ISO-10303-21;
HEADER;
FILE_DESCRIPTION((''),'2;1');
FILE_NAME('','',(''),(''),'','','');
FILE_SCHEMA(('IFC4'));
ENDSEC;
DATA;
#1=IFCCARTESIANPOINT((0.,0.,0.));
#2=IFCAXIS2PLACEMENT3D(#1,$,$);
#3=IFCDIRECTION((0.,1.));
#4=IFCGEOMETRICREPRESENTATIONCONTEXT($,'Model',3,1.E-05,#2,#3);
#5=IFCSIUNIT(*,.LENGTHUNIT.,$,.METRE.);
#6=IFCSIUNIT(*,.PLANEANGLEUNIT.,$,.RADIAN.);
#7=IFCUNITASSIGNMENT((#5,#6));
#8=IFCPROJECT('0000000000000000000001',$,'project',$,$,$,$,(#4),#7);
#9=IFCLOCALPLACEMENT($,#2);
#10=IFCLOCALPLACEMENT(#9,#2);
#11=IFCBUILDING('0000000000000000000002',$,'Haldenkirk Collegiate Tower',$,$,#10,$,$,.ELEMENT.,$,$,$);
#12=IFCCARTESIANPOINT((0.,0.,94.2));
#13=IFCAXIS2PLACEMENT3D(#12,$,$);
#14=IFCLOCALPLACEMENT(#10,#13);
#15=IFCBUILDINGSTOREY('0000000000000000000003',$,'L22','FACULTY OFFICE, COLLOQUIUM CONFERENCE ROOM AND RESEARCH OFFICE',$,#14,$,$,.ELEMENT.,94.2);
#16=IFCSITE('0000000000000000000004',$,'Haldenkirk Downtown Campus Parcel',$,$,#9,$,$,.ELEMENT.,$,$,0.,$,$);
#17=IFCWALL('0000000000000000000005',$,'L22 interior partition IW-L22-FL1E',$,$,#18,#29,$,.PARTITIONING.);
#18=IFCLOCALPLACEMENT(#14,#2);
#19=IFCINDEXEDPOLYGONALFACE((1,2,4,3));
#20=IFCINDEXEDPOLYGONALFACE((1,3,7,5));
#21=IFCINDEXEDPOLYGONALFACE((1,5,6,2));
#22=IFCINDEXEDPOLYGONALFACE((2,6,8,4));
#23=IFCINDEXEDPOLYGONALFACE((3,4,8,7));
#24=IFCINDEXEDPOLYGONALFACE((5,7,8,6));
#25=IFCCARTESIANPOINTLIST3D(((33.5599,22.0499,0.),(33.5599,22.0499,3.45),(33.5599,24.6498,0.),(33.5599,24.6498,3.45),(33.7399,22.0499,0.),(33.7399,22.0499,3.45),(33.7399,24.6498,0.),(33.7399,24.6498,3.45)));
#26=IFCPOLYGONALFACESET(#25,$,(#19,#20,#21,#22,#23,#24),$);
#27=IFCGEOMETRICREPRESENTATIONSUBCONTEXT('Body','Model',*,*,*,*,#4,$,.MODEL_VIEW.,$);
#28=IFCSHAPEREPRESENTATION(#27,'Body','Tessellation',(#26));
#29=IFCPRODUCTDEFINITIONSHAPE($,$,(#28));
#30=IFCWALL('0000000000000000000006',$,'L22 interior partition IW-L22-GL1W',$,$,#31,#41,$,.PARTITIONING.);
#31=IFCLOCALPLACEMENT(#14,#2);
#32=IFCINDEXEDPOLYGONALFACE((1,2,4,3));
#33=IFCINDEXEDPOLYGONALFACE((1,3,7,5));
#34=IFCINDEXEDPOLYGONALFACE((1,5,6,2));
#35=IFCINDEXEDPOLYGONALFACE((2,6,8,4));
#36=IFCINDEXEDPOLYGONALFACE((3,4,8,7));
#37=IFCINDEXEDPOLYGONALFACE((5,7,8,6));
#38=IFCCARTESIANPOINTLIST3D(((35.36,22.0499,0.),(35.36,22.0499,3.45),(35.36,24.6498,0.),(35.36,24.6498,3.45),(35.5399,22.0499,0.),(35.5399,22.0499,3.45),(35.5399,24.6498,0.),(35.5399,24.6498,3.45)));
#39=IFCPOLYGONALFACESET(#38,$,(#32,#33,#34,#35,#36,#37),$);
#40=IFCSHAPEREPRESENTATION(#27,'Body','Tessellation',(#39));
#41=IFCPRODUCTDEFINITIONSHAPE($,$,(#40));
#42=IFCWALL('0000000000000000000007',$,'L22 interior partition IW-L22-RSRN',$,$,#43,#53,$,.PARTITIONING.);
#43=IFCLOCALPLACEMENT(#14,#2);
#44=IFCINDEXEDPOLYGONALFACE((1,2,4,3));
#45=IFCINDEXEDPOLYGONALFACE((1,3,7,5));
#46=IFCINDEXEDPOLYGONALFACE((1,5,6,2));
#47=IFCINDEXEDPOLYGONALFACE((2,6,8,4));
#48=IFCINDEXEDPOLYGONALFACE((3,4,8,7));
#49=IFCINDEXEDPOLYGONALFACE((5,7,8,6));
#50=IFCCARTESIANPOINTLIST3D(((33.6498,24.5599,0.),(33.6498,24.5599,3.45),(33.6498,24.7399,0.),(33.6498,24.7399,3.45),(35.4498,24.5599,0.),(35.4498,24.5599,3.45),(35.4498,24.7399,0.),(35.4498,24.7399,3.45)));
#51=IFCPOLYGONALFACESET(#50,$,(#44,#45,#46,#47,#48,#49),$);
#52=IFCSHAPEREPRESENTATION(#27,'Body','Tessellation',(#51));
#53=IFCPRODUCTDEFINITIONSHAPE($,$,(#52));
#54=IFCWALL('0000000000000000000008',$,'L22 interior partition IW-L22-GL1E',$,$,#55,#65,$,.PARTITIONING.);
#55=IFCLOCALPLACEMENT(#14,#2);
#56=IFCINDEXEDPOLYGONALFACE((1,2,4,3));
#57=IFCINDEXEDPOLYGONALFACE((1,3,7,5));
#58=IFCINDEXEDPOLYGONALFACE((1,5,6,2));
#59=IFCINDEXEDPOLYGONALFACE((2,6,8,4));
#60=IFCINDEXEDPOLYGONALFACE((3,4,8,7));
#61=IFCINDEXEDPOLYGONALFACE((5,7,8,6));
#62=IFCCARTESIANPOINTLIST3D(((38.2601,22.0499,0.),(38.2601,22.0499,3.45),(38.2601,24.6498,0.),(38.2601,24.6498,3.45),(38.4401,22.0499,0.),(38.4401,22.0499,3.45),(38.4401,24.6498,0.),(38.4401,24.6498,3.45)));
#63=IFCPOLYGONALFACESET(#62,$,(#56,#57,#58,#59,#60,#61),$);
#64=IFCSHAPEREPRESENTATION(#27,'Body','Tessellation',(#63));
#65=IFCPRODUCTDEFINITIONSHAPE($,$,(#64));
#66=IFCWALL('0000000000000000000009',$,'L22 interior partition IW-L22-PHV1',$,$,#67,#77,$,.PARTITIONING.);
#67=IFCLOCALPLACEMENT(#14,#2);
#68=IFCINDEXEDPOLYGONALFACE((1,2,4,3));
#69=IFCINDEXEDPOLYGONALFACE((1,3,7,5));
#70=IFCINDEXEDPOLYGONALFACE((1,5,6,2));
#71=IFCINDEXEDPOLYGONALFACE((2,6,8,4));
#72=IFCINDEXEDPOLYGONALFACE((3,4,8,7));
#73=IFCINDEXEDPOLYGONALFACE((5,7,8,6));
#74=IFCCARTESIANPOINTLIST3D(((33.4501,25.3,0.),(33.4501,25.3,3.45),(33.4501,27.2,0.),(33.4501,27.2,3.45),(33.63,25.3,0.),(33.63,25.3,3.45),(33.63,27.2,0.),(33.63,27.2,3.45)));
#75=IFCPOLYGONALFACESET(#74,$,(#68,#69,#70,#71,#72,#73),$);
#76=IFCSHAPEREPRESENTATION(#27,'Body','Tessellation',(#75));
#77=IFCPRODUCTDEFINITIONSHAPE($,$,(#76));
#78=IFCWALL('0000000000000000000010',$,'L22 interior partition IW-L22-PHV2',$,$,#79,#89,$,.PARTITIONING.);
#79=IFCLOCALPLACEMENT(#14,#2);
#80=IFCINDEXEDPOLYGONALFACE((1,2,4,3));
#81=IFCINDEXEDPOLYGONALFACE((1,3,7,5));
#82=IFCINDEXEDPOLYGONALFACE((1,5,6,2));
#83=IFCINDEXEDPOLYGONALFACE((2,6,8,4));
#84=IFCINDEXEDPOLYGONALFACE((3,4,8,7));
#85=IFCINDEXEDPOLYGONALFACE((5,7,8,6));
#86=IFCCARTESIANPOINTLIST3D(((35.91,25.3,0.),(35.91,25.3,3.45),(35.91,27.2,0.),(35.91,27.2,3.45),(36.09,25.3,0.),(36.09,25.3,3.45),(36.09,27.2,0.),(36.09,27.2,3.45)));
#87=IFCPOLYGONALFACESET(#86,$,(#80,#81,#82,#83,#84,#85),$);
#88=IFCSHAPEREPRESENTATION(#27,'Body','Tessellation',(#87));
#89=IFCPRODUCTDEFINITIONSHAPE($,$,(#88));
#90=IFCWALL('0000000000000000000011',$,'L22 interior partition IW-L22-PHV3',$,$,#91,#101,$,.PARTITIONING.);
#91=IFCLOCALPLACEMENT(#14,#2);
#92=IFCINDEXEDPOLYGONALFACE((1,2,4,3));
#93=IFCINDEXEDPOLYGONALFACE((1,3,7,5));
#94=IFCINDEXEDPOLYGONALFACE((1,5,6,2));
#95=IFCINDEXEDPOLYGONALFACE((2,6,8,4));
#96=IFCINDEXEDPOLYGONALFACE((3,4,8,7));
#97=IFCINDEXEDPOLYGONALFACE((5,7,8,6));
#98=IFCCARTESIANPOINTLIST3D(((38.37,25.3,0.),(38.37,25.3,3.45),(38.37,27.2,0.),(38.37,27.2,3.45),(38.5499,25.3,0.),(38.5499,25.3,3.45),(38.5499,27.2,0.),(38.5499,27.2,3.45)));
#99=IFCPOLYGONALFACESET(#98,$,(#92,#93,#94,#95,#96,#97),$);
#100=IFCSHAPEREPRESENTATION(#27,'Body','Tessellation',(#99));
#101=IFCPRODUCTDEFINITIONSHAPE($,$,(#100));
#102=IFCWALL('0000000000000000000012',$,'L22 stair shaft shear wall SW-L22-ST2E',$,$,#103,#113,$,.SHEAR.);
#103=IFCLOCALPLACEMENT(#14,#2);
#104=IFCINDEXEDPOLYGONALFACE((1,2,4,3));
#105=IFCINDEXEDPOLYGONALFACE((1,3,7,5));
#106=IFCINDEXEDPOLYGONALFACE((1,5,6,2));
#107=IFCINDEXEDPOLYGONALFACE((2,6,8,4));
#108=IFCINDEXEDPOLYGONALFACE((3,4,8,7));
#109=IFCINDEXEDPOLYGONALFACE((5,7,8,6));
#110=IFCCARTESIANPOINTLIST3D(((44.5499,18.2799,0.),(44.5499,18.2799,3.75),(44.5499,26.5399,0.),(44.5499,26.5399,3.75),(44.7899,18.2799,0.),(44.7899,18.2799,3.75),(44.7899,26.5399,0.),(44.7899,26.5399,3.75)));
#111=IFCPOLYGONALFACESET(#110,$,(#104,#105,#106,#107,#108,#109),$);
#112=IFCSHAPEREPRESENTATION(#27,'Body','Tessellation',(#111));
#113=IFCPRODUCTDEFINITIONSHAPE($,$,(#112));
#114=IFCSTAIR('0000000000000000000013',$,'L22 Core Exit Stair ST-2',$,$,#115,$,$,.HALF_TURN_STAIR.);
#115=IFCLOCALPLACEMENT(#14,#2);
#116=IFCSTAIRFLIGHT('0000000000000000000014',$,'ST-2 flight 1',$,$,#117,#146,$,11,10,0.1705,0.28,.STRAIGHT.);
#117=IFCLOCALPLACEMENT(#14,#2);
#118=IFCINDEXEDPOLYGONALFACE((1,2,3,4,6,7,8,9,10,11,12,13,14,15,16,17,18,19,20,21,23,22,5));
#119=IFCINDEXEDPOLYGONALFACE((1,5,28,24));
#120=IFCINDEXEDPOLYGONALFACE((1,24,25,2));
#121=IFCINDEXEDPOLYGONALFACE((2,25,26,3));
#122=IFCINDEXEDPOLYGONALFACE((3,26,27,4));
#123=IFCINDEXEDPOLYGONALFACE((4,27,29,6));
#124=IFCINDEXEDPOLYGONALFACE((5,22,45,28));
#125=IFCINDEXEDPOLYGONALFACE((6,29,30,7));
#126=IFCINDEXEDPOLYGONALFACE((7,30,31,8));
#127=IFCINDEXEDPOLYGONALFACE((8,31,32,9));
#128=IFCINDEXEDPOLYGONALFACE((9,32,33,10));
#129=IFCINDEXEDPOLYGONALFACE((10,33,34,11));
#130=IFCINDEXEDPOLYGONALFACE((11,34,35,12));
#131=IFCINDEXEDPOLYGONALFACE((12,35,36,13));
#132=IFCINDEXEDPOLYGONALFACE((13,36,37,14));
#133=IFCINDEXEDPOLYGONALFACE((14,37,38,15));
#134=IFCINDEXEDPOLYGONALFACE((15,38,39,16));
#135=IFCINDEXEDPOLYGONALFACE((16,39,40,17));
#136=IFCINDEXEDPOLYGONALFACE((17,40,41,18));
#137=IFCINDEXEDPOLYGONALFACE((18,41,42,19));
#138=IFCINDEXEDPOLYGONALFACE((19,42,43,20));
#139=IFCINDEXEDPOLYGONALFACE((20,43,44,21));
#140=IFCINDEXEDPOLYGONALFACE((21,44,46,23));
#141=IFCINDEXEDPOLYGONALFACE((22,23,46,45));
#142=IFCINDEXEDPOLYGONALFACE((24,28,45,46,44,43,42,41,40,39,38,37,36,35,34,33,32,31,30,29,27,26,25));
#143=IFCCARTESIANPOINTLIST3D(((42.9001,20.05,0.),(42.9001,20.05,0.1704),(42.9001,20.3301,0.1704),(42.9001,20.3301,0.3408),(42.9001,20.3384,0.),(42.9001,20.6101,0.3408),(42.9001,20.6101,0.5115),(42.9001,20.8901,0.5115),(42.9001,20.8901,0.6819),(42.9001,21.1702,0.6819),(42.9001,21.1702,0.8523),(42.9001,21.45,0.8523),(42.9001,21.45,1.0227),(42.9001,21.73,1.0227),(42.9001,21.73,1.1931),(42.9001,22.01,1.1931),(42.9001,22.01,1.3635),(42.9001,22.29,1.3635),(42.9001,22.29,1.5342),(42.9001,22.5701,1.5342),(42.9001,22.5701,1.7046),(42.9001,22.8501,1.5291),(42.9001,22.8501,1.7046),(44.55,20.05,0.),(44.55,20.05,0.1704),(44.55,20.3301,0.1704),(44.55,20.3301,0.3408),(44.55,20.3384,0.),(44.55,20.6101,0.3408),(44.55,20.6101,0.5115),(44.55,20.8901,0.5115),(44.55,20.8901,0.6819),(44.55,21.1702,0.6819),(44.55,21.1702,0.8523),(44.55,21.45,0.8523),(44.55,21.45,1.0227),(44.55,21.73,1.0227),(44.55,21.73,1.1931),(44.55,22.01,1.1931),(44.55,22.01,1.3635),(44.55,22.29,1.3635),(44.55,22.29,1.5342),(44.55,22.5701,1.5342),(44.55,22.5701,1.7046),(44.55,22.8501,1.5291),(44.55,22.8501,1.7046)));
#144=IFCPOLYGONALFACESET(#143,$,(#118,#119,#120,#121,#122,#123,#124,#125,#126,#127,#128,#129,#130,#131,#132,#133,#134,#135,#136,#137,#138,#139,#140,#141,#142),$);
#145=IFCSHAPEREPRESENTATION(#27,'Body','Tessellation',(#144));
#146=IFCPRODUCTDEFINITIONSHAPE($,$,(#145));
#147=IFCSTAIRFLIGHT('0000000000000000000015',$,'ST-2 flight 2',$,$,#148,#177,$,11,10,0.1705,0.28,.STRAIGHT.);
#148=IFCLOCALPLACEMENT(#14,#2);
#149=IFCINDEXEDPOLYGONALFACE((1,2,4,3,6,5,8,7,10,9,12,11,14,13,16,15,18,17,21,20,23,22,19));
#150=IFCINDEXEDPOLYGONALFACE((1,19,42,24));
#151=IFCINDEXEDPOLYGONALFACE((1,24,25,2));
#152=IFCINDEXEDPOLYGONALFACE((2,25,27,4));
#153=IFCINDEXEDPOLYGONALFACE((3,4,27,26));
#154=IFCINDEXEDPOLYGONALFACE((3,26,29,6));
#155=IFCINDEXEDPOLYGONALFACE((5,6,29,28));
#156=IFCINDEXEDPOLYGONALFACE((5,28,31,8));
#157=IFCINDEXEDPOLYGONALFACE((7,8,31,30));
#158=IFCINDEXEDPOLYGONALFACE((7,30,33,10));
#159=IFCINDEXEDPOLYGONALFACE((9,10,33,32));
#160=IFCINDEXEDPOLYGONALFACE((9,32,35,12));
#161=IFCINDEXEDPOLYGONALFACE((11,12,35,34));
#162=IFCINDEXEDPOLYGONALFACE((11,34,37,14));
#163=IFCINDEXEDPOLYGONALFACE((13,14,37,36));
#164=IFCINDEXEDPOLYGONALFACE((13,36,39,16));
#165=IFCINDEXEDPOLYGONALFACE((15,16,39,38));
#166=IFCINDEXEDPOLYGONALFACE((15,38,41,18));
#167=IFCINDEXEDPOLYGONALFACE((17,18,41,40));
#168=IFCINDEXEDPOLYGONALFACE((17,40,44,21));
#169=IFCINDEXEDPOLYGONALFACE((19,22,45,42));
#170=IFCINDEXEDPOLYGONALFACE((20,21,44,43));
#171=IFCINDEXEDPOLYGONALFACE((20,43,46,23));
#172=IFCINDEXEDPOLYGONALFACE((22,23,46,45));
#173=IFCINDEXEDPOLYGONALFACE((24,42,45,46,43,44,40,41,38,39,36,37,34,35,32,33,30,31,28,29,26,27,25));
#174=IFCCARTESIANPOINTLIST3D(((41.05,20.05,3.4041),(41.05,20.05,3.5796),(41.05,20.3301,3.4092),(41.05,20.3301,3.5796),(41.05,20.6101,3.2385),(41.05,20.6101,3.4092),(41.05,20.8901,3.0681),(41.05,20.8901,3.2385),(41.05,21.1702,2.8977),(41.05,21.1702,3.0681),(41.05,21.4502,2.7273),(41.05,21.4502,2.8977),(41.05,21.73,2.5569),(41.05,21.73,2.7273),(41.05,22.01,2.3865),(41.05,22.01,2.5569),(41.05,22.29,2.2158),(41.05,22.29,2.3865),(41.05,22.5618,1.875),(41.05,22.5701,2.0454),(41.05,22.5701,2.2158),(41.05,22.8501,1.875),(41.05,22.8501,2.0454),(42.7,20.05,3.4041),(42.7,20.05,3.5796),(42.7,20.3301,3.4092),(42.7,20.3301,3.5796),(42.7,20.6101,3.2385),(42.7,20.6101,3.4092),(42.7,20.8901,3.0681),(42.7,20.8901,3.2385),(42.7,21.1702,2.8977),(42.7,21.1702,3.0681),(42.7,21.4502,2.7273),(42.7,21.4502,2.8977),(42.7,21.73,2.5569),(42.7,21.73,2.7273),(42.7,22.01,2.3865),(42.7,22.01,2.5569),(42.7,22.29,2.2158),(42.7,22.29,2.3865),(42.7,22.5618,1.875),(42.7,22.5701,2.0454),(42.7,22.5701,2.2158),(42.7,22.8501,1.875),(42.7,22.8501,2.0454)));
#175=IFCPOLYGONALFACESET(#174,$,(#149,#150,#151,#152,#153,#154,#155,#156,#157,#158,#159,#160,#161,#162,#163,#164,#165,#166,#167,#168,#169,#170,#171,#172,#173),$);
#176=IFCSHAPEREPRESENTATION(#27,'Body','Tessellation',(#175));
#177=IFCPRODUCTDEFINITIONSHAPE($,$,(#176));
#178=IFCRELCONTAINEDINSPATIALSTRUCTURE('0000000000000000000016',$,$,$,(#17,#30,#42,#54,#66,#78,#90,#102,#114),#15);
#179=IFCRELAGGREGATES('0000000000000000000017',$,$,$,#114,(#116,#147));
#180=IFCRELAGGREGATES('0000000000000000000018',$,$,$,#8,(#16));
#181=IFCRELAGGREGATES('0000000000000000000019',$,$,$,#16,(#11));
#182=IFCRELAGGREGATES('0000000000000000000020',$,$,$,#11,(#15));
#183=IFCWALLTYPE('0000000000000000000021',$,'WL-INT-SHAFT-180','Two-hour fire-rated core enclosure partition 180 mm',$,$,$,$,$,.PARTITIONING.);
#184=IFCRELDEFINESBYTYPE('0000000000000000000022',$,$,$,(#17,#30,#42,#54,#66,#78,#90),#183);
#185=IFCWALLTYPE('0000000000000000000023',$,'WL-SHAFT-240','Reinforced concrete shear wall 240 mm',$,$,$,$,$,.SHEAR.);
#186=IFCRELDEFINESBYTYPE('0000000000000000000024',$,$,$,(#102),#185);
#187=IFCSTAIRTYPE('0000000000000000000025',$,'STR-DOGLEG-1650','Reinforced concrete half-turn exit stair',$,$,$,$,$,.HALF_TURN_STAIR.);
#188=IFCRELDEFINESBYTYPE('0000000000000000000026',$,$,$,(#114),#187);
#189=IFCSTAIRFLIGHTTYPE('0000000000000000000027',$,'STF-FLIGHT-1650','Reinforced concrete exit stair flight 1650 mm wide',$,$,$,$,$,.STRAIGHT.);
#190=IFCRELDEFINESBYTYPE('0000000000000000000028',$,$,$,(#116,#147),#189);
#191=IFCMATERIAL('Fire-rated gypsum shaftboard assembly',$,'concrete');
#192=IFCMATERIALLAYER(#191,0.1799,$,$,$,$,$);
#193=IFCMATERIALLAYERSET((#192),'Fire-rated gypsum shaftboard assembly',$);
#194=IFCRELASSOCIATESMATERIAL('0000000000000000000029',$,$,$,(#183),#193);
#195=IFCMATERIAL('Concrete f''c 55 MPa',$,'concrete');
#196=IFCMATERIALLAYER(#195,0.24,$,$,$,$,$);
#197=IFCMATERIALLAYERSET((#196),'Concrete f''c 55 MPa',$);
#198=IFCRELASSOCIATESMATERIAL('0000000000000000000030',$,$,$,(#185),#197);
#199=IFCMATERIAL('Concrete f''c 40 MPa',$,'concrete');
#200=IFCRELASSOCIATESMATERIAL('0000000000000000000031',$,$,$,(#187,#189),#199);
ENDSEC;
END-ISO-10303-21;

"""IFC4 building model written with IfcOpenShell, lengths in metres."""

from ifc_helpers import new_model, si_unit, direction, frame, frame_2d, origin, place, context, subcontext, project, spatial, polyline, rectangle, outline, extrude, material, layer, layer_set, type_object, element, aggregate, save


model = new_model("IFC4")

# Units and contexts
model_context = context("Model", 3, precision=1e-05, world=origin(), true_north=direction((0.0, 1.0)))
body_context = subcontext(model_context, "Body", "Model", "MODEL_VIEW")
ifc_project = project(units=[si_unit("LENGTHUNIT", "METRE"), si_unit("PLANEANGLEUNIT", "RADIAN")], contexts=[model_context])

# Site, building, storey
site_placement = place(None, origin())
site = spatial("IfcSite", under=ifc_project, at=site_placement, Name="Haldenkirk Downtown Campus Parcel", CompositionType="ELEMENT", RefElevation=0.0)
building_placement = place(site_placement, origin())
building = spatial("IfcBuilding", under=site, at=building_placement, Name="Haldenkirk Collegiate Tower", CompositionType="ELEMENT")
storey_placement = place(building_placement, frame((0.0, 0.0, 94.2)))
storey = spatial("IfcBuildingStorey", under=building, at=storey_placement, Name="L22", Description="FACULTY OFFICE, COLLOQUIUM CONFERENCE ROOM AND RESEARCH OFFICE", CompositionType="ELEMENT", Elevation=94.2)

# Walls
ifc_material_1 = material(Name="Fire-rated gypsum shaftboard assembly", Category="concrete")
ifc_layer_1 = layer(ifc_material_1, 0.1799)
ifc_layer_set_1 = layer_set([ifc_layer_1], Name="Fire-rated gypsum shaftboard assembly")
wall_type_1 = type_object("IfcWallType", Name="WL-INT-SHAFT-180", Description="Two-hour fire-rated core enclosure partition 180 mm", PredefinedType="PARTITIONING", material=ifc_layer_set_1)
for number, where, z_axis, x_axis, name in (
    (1, (33.6499, 22.05, 0.0), (0.0, 0.0, 1.0), (0.0, 1.0, 0.0), "L22 interior partition IW-L22-FL1E"),
    (2, (35.45, 22.05, 0.0), (0.0, 0.0, 1.0), (0.0, 1.0, 0.0), "L22 interior partition IW-L22-GL1W"),
):
    element("IfcWall", number, at=place(storey_placement, frame(where, z_axis=z_axis, x_axis=x_axis)), inside=storey, type_object=wall_type_1, Name=name, PredefinedType="PARTITIONING", context=body_context, shape_type="SweptSolid", body=[
        extrude(rectangle(XDim=2.5999, YDim=0.1799, at=frame_2d((1.2998, 0.0))), origin(), (0.0, 0.0, 1.0), 3.45),
    ])
wall_1_placement = place(storey_placement, frame((33.6499, 24.6499, 0.0), z_axis=(0.0, 0.0, 1.0), x_axis=(1.0, 0.0, 0.0)))
element("IfcWall", 3, at=wall_1_placement, inside=storey, type_object=wall_type_1, Name="L22 interior partition IW-L22-RSRN", PredefinedType="PARTITIONING", context=body_context, shape_type="SweptSolid", body=[
    extrude(rectangle(XDim=1.8, YDim=0.1799, at=frame_2d((0.8999, 0.0))), origin(), (0.0, 0.0, 1.0), 3.45),
])
wall_2_placement = place(storey_placement, frame((38.3501, 22.05, 0.0), z_axis=(0.0, 0.0, 1.0), x_axis=(0.0, 1.0, 0.0)))
element("IfcWall", 4, at=wall_2_placement, inside=storey, type_object=wall_type_1, Name="L22 interior partition IW-L22-GL1E", PredefinedType="PARTITIONING", context=body_context, shape_type="SweptSolid", body=[
    extrude(rectangle(XDim=2.5999, YDim=0.1799, at=frame_2d((1.2998, 0.0))), origin(), (0.0, 0.0, 1.0), 3.45),
])
for number, where, z_axis, x_axis, name in (
    (5, (33.54, 25.3, 0.0), (0.0, 0.0, 1.0), (0.0, 1.0, 0.0), "L22 interior partition IW-L22-PHV1"),
    (6, (36.0, 25.3, 0.0), (0.0, 0.0, 1.0), (0.0, 1.0, 0.0), "L22 interior partition IW-L22-PHV2"),
    (7, (38.46, 25.3, 0.0), (0.0, 0.0, 1.0), (0.0, 1.0, 0.0), "L22 interior partition IW-L22-PHV3"),
):
    element("IfcWall", number, at=place(storey_placement, frame(where, z_axis=z_axis, x_axis=x_axis)), inside=storey, type_object=wall_type_1, Name=name, PredefinedType="PARTITIONING", context=body_context, shape_type="SweptSolid", body=[
        extrude(rectangle(XDim=1.8999, YDim=0.1799, at=frame_2d((0.95, 0.0))), origin(), (0.0, 0.0, 1.0), 3.45),
    ])

# Wall
ifc_material_2 = material(Name="Concrete f'c 55 MPa", Category="concrete")
ifc_layer_2 = layer(ifc_material_2, 0.24)
ifc_layer_set_2 = layer_set([ifc_layer_2], Name="Concrete f'c 55 MPa")
wall_type_2 = type_object("IfcWallType", Name="WL-SHAFT-240", Description="Reinforced concrete shear wall 240 mm", PredefinedType="SHEAR", material=ifc_layer_set_2)
wall_3_placement = place(storey_placement, frame((44.6699, 18.28, 0.0), z_axis=(0.0, 0.0, 1.0), x_axis=(0.0, 1.0, 0.0)))
element("IfcWall", 8, at=wall_3_placement, inside=storey, type_object=wall_type_2, Name="L22 stair shaft shear wall SW-L22-ST2E", PredefinedType="SHEAR", context=body_context, shape_type="SweptSolid", body=[
    extrude(rectangle(XDim=8.26, YDim=0.24, at=frame_2d((4.1299, 0.0))), origin(), (0.0, 0.0, 1.0), 3.75),
])

# Stair, stair flights
ifc_material_3 = material(Name="Concrete f'c 40 MPa", Category="concrete")
stair_type = type_object("IfcStairType", Name="STR-DOGLEG-1650", Description="Reinforced concrete half-turn exit stair", PredefinedType="HALF_TURN_STAIR", material=ifc_material_3)
stair_placement = place(storey_placement, origin())
stair = element("IfcStair", 9, at=stair_placement, inside=storey, type_object=stair_type, Name="L22 Core Exit Stair ST-2", PredefinedType="HALF_TURN_STAIR")
stair_flight_type = type_object("IfcStairFlightType", Name="STF-FLIGHT-1650", Description="Reinforced concrete exit stair flight 1650 mm wide", PredefinedType="STRAIGHT", material=ifc_material_3)
stair_flight_1_placement = place(storey_placement, frame((43.7251, 20.05, 0.0), z_axis=(0.0, 0.0, 1.0), x_axis=(0.0, 1.0, 0.0)))
stair_flight_1 = element("IfcStairFlight", 10, at=stair_flight_1_placement, type_object=stair_flight_type, Name="ST-2 flight 1", NumberOfRisers=11, NumberOfTreads=10, PredefinedType="STRAIGHT", RiserHeight=0.1705, TreadLength=0.28, context=body_context, shape_type="SweptSolid", body=[
    extrude(outline(polyline([(0.0, 0.0), (0.0, 0.1704), (0.28, 0.1704), (0.28, 0.3408), (0.5601, 0.3408), (0.5601, 0.5115), (0.8401, 0.5115), (0.8401, 0.6819), (1.1201, 0.6819), (1.1201, 0.8523), (1.3999, 0.8523), (1.3999, 1.0227), (1.6799, 1.0227), (1.6799, 1.1931), (1.96, 1.1931), (1.96, 1.3635), (2.24, 1.3635), (2.24, 1.5342), (2.52, 1.5342), (2.52, 1.7046), (2.8, 1.7046), (2.8, 1.875), (2.8, 1.5291), (0.2883, 0.0), (0.0, 0.0)])), frame((0.0, 0.825, 0.0), z_axis=(0.0, -1.0, 0.0), x_axis=(1.0, 0.0, 0.0)), (0.0, 0.0, 1.0), 1.6499),
])
stair_flight_2_placement = place(storey_placement, frame((41.875, 22.8501, 1.875), z_axis=(0.0, 0.0, 1.0), x_axis=(0.0, -1.0, 0.0)))
stair_flight_2 = element("IfcStairFlight", 11, at=stair_flight_2_placement, type_object=stair_flight_type, Name="ST-2 flight 2", NumberOfRisers=11, NumberOfTreads=10, PredefinedType="STRAIGHT", RiserHeight=0.1705, TreadLength=0.28, context=body_context, shape_type="SweptSolid", body=[
    extrude(outline(polyline([(0.0, 0.0), (0.0, 0.1704), (0.28, 0.1704), (0.28, 0.3408), (0.5601, 0.3408), (0.5601, 0.5115), (0.8401, 0.5115), (0.8401, 0.6819), (1.1201, 0.6819), (1.1201, 0.8523), (1.3999, 0.8523), (1.3999, 1.0227), (1.6799, 1.0227), (1.6799, 1.1931), (1.96, 1.1931), (1.96, 1.3635), (2.24, 1.3635), (2.24, 1.5342), (2.52, 1.5342), (2.52, 1.7046), (2.8, 1.7046), (2.8, 1.875), (2.8, 1.5291), (0.2883, 0.0), (0.0, 0.0)])), frame((0.0, 0.825, 0.0), z_axis=(0.0, -1.0, 0.0), x_axis=(1.0, 0.0, 0.0)), (0.0, 0.0, 1.0), 1.6499),
])
aggregate(stair, [stair_flight_1, stair_flight_2])

save(model, "model.ifc")
